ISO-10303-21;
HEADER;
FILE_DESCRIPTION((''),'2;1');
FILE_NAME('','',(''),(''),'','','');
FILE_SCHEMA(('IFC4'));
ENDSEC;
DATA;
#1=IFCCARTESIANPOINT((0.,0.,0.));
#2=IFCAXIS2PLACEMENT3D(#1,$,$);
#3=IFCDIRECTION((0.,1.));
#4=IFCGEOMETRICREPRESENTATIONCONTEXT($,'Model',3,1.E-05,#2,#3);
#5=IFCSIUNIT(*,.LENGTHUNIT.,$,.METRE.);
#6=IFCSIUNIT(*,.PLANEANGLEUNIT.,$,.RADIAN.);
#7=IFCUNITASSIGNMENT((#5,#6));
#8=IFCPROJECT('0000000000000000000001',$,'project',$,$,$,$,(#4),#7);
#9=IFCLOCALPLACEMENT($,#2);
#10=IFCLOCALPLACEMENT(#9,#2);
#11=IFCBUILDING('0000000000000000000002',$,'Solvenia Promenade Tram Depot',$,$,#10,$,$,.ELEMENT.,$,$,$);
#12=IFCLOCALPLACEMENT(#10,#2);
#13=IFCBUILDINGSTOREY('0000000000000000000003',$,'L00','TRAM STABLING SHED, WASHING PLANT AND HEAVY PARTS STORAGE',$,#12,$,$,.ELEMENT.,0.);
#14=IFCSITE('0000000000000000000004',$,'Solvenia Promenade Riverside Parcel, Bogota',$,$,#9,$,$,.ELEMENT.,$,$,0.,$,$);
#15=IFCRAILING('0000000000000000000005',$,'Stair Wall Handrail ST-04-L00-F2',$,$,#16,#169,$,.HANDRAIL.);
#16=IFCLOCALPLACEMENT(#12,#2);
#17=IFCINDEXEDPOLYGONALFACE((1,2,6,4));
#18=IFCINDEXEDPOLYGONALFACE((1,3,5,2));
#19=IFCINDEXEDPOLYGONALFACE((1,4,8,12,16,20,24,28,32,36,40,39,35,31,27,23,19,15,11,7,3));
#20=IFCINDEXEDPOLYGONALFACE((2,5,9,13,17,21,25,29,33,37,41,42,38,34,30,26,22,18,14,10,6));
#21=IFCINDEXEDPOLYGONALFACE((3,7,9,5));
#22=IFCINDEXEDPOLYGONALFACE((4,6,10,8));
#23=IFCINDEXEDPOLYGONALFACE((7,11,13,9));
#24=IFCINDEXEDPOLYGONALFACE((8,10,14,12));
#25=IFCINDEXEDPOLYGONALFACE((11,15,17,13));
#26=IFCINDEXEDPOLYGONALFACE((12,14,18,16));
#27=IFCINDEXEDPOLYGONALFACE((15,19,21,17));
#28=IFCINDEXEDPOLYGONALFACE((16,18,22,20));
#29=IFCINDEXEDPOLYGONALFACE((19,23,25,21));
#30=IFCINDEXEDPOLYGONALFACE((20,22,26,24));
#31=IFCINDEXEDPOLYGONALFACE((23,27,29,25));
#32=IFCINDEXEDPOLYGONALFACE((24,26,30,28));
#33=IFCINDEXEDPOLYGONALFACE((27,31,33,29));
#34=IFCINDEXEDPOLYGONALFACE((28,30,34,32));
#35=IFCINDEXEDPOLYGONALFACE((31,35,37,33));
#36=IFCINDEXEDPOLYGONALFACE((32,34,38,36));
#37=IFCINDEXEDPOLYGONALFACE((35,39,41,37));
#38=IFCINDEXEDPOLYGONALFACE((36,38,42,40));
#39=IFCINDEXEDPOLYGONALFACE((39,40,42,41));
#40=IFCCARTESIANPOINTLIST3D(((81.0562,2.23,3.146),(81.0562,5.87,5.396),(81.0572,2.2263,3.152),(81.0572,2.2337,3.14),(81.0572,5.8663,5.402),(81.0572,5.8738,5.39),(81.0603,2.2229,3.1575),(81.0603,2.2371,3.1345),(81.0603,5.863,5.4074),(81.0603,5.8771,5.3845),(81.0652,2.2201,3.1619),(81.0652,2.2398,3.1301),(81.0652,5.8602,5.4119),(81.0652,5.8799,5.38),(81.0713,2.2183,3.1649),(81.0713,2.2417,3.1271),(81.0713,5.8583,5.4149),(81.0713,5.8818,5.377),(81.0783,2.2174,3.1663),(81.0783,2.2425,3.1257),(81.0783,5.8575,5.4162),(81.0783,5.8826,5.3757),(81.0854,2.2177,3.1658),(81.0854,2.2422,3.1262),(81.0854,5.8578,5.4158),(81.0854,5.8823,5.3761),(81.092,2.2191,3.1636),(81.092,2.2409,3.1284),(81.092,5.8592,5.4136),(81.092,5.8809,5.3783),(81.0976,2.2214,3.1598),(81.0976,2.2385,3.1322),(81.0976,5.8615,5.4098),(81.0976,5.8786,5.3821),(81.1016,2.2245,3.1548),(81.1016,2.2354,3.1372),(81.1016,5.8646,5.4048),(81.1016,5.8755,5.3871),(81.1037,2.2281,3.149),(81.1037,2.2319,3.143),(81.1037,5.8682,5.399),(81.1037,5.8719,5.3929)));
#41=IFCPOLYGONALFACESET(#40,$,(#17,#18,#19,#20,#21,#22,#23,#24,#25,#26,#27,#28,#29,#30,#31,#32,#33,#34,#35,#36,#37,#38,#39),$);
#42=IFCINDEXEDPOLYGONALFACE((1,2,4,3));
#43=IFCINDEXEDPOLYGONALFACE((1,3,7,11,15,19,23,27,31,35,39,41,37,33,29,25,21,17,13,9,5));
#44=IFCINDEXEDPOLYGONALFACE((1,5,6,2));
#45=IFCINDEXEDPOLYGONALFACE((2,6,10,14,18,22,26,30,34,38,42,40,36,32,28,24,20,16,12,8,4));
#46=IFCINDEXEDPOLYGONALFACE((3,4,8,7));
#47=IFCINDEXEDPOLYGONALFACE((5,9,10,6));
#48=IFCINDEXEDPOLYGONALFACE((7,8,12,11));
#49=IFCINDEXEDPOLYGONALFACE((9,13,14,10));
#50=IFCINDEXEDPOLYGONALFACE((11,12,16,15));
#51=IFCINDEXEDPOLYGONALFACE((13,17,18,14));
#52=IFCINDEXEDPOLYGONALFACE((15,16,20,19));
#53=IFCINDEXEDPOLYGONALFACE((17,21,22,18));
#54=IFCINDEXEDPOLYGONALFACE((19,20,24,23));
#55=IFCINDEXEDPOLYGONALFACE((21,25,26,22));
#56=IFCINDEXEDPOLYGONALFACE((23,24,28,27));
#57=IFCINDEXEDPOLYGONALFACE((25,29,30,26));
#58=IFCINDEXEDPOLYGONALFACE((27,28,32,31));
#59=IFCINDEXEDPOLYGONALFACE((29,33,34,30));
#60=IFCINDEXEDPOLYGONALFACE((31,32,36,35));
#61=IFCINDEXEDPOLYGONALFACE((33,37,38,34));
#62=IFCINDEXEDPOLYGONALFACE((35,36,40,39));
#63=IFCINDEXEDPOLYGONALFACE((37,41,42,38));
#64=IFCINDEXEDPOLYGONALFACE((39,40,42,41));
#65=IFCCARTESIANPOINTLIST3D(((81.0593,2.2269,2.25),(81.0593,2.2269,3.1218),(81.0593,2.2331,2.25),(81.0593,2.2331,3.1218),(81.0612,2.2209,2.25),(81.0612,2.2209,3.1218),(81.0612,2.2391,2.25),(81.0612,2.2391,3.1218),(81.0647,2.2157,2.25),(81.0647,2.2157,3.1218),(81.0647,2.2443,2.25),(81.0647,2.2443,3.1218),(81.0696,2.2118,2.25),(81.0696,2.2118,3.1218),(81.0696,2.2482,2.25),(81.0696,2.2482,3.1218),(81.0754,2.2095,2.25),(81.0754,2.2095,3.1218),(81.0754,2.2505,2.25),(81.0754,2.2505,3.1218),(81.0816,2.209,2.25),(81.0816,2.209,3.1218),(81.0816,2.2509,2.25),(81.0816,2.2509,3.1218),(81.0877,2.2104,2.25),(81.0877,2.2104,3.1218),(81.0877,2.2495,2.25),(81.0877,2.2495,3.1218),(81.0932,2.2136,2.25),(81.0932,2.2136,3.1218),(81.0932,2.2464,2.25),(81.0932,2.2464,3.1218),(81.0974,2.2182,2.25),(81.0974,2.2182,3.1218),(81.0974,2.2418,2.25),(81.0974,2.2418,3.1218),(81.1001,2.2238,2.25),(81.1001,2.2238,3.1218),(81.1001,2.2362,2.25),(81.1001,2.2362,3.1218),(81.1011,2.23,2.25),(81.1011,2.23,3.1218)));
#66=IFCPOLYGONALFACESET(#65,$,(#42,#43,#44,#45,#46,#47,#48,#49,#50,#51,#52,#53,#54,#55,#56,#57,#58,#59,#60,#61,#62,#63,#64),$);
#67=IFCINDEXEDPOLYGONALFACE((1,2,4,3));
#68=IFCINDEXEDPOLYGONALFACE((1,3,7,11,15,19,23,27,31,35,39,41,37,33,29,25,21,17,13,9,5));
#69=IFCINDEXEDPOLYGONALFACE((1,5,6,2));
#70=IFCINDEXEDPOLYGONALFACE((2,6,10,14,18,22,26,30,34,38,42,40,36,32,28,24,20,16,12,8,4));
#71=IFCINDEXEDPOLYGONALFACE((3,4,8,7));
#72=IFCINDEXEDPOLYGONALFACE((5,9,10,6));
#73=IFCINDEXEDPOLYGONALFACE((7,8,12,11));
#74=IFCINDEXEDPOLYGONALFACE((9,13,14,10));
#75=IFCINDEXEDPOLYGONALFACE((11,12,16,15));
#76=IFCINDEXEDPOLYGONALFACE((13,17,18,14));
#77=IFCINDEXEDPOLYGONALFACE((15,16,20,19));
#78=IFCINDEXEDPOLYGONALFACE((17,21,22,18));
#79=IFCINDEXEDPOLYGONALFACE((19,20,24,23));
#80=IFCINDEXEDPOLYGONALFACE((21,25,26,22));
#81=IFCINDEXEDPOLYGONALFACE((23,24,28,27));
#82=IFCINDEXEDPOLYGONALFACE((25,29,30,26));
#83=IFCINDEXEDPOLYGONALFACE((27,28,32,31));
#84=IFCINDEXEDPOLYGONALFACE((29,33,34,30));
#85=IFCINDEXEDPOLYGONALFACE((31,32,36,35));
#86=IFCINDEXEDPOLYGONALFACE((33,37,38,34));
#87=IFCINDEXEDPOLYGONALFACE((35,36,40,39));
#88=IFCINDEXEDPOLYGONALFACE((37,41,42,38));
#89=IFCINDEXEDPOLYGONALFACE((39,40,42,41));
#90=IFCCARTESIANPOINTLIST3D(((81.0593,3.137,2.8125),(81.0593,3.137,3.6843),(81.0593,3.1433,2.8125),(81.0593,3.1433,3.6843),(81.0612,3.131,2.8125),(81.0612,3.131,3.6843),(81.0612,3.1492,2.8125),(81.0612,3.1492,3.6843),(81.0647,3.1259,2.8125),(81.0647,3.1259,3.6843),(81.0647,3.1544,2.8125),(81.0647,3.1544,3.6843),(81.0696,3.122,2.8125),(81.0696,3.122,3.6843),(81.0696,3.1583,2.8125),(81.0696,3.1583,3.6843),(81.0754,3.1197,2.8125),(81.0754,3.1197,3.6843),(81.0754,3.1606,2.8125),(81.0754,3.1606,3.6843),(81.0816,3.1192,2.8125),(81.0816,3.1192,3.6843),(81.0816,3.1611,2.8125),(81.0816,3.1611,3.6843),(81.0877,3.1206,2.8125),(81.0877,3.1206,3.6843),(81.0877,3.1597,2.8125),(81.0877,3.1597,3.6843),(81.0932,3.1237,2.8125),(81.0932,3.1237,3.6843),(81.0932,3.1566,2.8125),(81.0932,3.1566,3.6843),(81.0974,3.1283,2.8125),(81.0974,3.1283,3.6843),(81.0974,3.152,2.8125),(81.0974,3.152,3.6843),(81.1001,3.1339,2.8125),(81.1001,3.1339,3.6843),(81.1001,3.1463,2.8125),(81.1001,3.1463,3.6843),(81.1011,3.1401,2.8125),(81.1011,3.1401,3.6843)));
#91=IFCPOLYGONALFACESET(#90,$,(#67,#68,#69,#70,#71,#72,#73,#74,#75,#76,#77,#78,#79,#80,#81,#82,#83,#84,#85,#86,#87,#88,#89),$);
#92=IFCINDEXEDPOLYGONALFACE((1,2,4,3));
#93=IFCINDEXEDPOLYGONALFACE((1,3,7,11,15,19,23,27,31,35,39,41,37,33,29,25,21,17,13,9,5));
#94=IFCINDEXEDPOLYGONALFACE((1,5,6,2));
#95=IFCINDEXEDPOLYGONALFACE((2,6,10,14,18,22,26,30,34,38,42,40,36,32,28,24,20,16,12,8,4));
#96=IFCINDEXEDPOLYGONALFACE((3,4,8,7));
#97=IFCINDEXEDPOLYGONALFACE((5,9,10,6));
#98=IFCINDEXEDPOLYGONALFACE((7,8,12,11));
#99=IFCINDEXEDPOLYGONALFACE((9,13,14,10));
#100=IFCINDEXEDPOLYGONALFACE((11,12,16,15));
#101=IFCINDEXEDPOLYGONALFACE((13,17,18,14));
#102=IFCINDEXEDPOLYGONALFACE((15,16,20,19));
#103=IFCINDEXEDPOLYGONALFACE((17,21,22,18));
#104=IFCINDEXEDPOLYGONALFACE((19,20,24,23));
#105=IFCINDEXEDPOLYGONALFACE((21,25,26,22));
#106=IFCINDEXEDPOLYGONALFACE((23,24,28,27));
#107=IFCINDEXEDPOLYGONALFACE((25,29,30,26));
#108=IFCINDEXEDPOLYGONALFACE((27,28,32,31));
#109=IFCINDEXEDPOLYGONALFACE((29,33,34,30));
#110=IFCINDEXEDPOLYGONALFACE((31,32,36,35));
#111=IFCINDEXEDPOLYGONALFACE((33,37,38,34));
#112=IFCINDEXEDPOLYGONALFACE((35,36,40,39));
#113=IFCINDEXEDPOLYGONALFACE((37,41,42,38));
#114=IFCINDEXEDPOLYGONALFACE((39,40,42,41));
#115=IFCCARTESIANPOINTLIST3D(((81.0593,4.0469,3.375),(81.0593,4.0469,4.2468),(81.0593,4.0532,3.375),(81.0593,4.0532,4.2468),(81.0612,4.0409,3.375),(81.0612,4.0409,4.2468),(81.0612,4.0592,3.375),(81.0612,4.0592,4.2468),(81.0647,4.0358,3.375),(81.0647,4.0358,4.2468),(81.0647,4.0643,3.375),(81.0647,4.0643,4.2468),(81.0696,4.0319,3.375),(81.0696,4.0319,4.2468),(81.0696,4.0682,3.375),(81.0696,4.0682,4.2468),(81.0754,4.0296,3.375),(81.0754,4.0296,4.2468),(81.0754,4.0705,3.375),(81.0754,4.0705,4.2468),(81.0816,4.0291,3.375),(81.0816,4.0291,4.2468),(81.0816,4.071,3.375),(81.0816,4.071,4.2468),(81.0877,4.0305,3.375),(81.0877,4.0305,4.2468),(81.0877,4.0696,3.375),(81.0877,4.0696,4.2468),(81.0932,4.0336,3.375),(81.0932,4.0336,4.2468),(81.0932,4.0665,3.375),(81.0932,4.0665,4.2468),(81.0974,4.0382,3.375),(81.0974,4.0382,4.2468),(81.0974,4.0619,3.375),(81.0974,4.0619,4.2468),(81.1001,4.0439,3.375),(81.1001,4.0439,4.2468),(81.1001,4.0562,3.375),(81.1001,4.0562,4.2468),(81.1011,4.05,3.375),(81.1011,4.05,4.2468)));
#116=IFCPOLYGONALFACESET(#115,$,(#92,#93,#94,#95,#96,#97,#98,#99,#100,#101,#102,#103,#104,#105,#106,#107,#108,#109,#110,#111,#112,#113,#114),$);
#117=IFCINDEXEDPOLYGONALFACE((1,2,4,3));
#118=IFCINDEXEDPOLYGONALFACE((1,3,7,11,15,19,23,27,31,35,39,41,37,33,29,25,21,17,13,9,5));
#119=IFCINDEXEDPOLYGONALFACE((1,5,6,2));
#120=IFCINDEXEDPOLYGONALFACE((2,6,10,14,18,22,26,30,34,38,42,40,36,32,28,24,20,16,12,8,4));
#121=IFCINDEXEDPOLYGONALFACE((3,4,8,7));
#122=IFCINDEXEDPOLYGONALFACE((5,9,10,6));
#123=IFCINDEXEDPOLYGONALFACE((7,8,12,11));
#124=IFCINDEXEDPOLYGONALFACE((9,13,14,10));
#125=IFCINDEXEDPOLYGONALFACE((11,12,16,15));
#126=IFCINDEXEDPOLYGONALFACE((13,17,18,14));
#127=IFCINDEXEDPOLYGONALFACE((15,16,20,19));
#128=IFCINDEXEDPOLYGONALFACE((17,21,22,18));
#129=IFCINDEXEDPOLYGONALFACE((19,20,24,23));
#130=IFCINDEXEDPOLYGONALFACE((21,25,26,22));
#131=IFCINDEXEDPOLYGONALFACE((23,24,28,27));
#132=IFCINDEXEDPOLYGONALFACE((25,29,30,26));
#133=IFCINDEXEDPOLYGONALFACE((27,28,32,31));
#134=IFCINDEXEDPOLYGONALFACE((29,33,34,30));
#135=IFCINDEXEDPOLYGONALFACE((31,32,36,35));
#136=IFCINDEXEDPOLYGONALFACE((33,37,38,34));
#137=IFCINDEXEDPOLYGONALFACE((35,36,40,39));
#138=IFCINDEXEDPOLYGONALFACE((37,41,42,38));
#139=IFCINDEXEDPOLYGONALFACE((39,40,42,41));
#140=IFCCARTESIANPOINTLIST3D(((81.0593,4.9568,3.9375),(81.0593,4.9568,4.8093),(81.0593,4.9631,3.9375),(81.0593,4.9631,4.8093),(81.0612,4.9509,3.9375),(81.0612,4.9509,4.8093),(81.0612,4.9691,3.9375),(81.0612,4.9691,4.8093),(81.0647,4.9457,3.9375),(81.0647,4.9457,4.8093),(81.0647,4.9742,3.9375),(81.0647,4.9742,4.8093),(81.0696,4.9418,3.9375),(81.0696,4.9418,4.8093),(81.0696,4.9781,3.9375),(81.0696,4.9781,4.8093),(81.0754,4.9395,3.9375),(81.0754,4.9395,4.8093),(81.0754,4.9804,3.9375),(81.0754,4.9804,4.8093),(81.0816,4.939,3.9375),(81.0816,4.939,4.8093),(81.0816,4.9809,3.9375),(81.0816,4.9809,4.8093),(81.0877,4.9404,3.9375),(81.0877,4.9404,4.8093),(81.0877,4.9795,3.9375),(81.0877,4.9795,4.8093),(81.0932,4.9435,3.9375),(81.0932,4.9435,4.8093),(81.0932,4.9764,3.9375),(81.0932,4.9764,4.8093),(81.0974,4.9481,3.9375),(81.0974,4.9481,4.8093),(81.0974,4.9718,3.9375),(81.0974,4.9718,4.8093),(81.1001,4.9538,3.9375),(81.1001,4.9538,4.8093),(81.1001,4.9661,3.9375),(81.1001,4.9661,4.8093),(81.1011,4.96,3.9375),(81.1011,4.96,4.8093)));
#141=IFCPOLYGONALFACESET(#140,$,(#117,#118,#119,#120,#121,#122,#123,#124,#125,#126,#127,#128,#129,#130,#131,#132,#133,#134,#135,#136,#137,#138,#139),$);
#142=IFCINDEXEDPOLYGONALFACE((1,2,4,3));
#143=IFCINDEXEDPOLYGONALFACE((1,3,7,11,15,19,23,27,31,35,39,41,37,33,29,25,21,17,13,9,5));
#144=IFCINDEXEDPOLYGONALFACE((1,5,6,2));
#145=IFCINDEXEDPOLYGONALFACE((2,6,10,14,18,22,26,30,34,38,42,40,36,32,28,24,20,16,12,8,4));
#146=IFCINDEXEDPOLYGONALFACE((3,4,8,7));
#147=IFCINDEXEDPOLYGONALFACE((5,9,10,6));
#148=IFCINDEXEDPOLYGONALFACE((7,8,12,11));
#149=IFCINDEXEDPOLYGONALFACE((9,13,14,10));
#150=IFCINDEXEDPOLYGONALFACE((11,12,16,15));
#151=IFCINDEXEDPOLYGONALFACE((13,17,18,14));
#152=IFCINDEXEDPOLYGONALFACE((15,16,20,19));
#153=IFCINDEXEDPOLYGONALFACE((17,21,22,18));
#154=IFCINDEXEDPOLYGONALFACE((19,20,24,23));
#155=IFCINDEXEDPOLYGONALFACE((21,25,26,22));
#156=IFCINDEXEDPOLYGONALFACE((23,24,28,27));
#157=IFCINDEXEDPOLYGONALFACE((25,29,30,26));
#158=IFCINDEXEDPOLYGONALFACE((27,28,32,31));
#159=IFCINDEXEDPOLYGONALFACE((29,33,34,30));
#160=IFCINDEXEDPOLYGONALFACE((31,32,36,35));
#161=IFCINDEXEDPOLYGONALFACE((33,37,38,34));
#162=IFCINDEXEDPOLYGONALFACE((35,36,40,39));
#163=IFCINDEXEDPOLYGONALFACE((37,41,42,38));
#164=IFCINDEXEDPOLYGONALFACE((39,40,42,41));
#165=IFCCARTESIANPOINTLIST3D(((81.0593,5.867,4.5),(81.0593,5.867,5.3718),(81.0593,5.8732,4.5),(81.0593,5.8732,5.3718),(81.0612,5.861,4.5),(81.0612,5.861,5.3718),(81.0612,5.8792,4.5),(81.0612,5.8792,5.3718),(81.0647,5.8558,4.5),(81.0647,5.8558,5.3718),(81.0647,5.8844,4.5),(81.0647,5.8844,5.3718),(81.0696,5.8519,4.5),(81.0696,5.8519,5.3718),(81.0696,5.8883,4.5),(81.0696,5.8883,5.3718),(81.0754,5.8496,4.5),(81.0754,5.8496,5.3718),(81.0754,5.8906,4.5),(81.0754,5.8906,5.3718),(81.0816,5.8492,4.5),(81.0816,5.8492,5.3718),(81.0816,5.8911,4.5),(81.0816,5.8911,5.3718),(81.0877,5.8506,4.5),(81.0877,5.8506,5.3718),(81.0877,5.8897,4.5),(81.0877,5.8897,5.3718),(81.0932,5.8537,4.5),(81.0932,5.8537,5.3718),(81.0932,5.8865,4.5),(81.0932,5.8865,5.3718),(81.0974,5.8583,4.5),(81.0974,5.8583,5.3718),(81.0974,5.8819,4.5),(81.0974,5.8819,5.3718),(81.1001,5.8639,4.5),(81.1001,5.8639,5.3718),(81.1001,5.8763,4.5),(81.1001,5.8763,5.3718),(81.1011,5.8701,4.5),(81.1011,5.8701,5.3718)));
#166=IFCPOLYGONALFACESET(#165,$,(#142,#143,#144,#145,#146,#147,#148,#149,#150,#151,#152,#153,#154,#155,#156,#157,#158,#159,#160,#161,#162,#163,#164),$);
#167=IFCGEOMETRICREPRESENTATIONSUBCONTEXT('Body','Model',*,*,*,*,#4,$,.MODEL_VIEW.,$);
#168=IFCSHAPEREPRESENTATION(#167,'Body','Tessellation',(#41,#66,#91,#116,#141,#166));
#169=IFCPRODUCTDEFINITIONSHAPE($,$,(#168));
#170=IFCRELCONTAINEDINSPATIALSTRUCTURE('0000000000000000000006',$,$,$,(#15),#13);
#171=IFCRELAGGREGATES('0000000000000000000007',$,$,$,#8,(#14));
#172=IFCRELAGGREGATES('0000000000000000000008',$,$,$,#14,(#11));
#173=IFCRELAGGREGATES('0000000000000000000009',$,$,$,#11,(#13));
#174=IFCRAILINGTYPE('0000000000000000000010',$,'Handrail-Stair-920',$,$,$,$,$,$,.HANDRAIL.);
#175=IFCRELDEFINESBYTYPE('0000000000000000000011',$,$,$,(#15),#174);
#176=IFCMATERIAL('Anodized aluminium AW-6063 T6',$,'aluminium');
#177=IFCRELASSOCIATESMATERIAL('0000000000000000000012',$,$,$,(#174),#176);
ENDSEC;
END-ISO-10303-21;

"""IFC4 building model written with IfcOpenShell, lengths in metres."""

from ifc_helpers import new_model, si_unit, direction, frame, origin, origin_2d, place, context, subcontext, project, spatial, circle, extrude, material, type_object, element, save


model = new_model("IFC4")

# Units and contexts
model_context = context("Model", 3, precision=1e-05, world=origin(), true_north=direction((0.0, 1.0)))
body_context = subcontext(model_context, "Body", "Model", "MODEL_VIEW")
ifc_project = project(units=[si_unit("LENGTHUNIT", "METRE"), si_unit("PLANEANGLEUNIT", "RADIAN")], contexts=[model_context])

# Site, building, storey
site_placement = place(None, origin())
site = spatial("IfcSite", under=ifc_project, at=site_placement, Name="Solvenia Promenade Riverside Parcel, Bogota", CompositionType="ELEMENT", RefElevation=0.0)
building_placement = place(site_placement, origin())
building = spatial("IfcBuilding", under=site, at=building_placement, Name="Solvenia Promenade Tram Depot", CompositionType="ELEMENT")
storey_placement = place(building_placement, origin())
storey = spatial("IfcBuildingStorey", under=building, at=storey_placement, Name="L00", Description="TRAM STABLING SHED, WASHING PLANT AND HEAVY PARTS STORAGE", CompositionType="ELEMENT", Elevation=0.0)

# Shared definitions
ifc_material_1 = material(Name="Anodized aluminium AW-6063 T6", Category="aluminium")

# Railing
railing_type_1 = type_object("IfcRailingType", Name="Handrail-Stair-920", PredefinedType="HANDRAIL", material=ifc_material_1)
railing_1_placement = place(storey_placement, frame((81.0801, 2.23, 2.25)))
element("IfcRailing", 1, at=railing_1_placement, inside=storey, type_object=railing_type_1, Name="Stair Wall Handrail ST-04-L00-F2", PredefinedType="HANDRAIL", context=body_context, shape_type="SweptSolid", body=[
    extrude(circle(Radius=0.0239, at=origin_2d()), frame((0.0, 0.0, 0.896), z_axis=(0.0, 0.850622, 0.525777), x_axis=(-1.0, 0.0, 0.0)), (0.0, 0.0, 1.0), 4.2793),
    extrude(circle(Radius=0.021, at=origin_2d()), origin(), (0.0, 0.0, 1.0), 0.8718),
    extrude(circle(Radius=0.021, at=origin_2d()), frame((0.0, 0.9102, 0.5625)), (0.0, 0.0, 1.0), 0.8718),
    extrude(circle(Radius=0.021, at=origin_2d()), frame((0.0, 1.8201, 1.125)), (0.0, 0.0, 1.0), 0.8718),
    extrude(circle(Radius=0.021, at=origin_2d()), frame((0.0, 2.73, 1.6875)), (0.0, 0.0, 1.0), 0.8718),
    extrude(circle(Radius=0.021, at=origin_2d()), frame((0.0, 3.6401, 2.25)), (0.0, 0.0, 1.0), 0.8718),
])

save(model, "model.ifc")
